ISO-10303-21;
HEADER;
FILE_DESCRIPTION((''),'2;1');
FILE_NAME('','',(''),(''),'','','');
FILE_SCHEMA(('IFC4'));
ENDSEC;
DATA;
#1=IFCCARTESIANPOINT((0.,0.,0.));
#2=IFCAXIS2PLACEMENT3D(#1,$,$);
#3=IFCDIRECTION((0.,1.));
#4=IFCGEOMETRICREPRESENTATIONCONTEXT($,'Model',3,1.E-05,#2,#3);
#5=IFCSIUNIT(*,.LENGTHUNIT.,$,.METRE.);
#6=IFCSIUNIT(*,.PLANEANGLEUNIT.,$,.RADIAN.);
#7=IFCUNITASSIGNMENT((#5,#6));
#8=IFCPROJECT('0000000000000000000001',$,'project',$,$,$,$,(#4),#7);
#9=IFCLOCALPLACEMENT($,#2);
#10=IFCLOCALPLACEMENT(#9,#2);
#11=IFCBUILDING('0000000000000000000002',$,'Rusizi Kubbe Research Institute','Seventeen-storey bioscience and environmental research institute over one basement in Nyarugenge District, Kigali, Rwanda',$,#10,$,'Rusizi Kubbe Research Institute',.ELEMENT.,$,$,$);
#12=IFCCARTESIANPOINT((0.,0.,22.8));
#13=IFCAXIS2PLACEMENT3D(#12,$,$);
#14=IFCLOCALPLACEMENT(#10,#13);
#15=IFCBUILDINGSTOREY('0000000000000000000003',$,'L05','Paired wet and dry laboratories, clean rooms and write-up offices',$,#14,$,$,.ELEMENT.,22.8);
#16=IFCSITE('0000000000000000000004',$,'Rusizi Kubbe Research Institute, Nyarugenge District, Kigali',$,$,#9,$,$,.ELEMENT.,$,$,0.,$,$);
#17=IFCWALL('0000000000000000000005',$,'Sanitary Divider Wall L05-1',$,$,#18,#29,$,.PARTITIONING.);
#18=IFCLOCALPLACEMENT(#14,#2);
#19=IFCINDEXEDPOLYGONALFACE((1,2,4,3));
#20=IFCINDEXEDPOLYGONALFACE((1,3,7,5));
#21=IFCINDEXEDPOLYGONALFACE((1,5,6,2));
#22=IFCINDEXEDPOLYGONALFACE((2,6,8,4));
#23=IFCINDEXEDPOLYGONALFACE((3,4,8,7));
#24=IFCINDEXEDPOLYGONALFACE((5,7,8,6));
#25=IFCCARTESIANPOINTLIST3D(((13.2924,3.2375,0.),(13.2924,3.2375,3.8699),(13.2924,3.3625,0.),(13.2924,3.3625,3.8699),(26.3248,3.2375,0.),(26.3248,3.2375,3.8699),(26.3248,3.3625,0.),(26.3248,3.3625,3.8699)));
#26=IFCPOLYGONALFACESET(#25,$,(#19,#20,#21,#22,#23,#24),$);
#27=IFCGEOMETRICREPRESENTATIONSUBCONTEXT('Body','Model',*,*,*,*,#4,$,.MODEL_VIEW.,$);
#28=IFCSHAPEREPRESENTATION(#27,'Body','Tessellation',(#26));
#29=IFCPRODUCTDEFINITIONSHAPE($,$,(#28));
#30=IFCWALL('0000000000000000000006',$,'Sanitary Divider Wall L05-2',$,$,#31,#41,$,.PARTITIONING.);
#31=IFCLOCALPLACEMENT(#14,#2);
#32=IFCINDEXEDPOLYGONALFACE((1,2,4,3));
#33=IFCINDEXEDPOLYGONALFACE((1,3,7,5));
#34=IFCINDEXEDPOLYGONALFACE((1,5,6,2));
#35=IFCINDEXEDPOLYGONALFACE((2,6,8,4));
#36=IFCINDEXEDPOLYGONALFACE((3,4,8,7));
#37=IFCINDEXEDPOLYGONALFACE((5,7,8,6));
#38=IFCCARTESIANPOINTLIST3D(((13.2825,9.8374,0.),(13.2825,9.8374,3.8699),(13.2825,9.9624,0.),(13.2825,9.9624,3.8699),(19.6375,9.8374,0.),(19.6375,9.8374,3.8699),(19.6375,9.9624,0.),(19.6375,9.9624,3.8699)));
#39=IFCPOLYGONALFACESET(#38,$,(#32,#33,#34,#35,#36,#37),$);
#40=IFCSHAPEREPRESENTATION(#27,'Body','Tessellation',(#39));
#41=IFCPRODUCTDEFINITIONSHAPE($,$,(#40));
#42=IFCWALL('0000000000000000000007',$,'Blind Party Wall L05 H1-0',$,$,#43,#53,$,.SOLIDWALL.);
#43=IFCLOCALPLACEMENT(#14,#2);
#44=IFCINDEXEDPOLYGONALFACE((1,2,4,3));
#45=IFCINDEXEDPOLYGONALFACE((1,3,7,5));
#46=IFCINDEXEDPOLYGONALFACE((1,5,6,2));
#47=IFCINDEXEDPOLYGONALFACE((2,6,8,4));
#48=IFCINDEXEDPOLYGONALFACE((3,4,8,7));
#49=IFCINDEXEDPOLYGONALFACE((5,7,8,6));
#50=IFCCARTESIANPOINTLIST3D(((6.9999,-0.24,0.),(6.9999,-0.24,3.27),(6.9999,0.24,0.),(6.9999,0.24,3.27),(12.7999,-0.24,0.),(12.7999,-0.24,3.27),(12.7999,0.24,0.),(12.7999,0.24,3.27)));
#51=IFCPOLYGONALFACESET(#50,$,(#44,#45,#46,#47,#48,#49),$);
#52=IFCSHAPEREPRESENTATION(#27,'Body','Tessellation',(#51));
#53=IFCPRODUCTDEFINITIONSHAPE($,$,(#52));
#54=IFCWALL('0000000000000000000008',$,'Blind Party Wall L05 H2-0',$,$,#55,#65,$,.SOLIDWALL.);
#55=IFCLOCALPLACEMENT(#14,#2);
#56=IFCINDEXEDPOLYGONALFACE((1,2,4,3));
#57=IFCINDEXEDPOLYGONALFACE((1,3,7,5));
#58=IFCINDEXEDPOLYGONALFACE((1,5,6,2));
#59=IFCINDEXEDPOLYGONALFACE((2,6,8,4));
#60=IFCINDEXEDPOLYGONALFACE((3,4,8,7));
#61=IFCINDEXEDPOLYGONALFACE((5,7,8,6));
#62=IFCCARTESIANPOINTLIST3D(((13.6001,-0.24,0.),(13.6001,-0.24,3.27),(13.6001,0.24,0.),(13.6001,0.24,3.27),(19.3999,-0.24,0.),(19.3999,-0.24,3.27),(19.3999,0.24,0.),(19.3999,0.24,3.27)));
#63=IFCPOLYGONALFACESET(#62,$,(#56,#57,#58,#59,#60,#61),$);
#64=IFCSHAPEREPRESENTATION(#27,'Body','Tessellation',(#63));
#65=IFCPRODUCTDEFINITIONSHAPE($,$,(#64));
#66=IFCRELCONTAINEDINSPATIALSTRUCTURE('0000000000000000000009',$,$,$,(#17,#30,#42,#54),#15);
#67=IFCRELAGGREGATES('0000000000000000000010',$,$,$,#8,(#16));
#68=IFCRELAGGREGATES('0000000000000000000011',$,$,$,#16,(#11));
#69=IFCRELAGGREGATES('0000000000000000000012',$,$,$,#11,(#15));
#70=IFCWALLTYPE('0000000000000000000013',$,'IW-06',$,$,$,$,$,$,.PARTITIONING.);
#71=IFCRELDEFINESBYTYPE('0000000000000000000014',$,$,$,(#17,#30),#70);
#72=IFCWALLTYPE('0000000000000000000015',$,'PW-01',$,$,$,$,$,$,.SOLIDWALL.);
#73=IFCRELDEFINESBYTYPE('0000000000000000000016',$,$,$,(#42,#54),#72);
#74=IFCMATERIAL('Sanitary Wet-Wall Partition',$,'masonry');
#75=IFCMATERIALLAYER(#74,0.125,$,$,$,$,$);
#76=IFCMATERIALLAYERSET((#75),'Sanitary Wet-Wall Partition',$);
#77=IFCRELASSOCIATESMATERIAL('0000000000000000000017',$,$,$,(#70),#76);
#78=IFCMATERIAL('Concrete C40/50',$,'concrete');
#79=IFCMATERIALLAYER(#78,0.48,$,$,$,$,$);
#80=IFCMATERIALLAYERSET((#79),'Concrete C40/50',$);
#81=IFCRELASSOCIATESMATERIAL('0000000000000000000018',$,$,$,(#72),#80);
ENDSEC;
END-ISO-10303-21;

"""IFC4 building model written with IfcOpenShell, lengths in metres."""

from ifc_helpers import new_model, si_unit, direction, frame, frame_2d, origin, place, context, subcontext, project, spatial, rectangle, extrude, material, layer, layer_set, type_object, element, save


model = new_model("IFC4")

# Units and contexts
model_context = context("Model", 3, precision=1e-05, world=origin(), true_north=direction((0.0, 1.0)))
body_context = subcontext(model_context, "Body", "Model", "MODEL_VIEW")
ifc_project = project(units=[si_unit("LENGTHUNIT", "METRE"), si_unit("PLANEANGLEUNIT", "RADIAN")], contexts=[model_context])

# Site, building, storey
site_placement = place(None, origin())
site = spatial("IfcSite", under=ifc_project, at=site_placement, Name="Rusizi Kubbe Research Institute, Nyarugenge District, Kigali", CompositionType="ELEMENT", RefElevation=0.0)
building_placement = place(site_placement, origin())
building = spatial("IfcBuilding", under=site, at=building_placement, Name="Rusizi Kubbe Research Institute", Description="Seventeen-storey bioscience and environmental research institute over one basement in Nyarugenge District, Kigali, Rwanda", LongName="Rusizi Kubbe Research Institute", CompositionType="ELEMENT")
storey_placement = place(building_placement, frame((0.0, 0.0, 22.8)))
storey = spatial("IfcBuildingStorey", under=building, at=storey_placement, Name="L05", Description="Paired wet and dry laboratories, clean rooms and write-up offices", CompositionType="ELEMENT", Elevation=22.8)

# Walls
ifc_material_1 = material(Name="Sanitary Wet-Wall Partition", Category="masonry")
ifc_layer_1 = layer(ifc_material_1, 0.125)
ifc_layer_set_1 = layer_set([ifc_layer_1], Name="Sanitary Wet-Wall Partition")
wall_type_1 = type_object("IfcWallType", Name="IW-06", PredefinedType="PARTITIONING", material=ifc_layer_set_1)
wall_1_placement = place(storey_placement, frame((13.2925, 3.3, 0.0), z_axis=(0.0, 0.0, 1.0), x_axis=(1.0, 0.0, 0.0)))
element("IfcWall", 1, at=wall_1_placement, inside=storey, type_object=wall_type_1, Name="Sanitary Divider Wall L05-1", PredefinedType="PARTITIONING", context=body_context, shape_type="SweptSolid", body=[
    extrude(rectangle(XDim=13.0325, YDim=0.125, at=frame_2d((6.5161, 0.0))), origin(), (0.0, 0.0, 1.0), 3.8699),
])
wall_2_placement = place(storey_placement, frame((13.2825, 9.8999, 0.0), z_axis=(0.0, 0.0, 1.0), x_axis=(1.0, 0.0, 0.0)))
element("IfcWall", 2, at=wall_2_placement, inside=storey, type_object=wall_type_1, Name="Sanitary Divider Wall L05-2", PredefinedType="PARTITIONING", context=body_context, shape_type="SweptSolid", body=[
    extrude(rectangle(XDim=6.355, YDim=0.125, at=frame_2d((3.1775, 0.0))), origin(), (0.0, 0.0, 1.0), 3.8699),
])
ifc_material_2 = material(Name="Concrete C40/50", Category="concrete")
ifc_layer_2 = layer(ifc_material_2, 0.48)
ifc_layer_set_2 = layer_set([ifc_layer_2], Name="Concrete C40/50")
wall_type_2 = type_object("IfcWallType", Name="PW-01", PredefinedType="SOLIDWALL", material=ifc_layer_set_2)
wall_3_placement = place(storey_placement, frame((7.0, 0.0, 0.0), z_axis=(0.0, 0.0, 1.0), x_axis=(1.0, 0.0, 0.0)))
element("IfcWall", 3, at=wall_3_placement, inside=storey, type_object=wall_type_2, Name="Blind Party Wall L05 H1-0", PredefinedType="SOLIDWALL", context=body_context, shape_type="SweptSolid", body=[
    extrude(rectangle(XDim=5.8, YDim=0.48, at=frame_2d((2.8999, 0.0))), origin(), (0.0, 0.0, 1.0), 3.27),
])
wall_4_placement = place(storey_placement, frame((13.6001, 0.0, 0.0), z_axis=(0.0, 0.0, 1.0), x_axis=(1.0, 0.0, 0.0)))
element("IfcWall", 4, at=wall_4_placement, inside=storey, type_object=wall_type_2, Name="Blind Party Wall L05 H2-0", PredefinedType="SOLIDWALL", context=body_context, shape_type="SweptSolid", body=[
    extrude(rectangle(XDim=5.7998, YDim=0.48, at=frame_2d((2.8999, 0.0))), origin(), (0.0, 0.0, 1.0), 3.27),
])

save(model, "model.ifc")
